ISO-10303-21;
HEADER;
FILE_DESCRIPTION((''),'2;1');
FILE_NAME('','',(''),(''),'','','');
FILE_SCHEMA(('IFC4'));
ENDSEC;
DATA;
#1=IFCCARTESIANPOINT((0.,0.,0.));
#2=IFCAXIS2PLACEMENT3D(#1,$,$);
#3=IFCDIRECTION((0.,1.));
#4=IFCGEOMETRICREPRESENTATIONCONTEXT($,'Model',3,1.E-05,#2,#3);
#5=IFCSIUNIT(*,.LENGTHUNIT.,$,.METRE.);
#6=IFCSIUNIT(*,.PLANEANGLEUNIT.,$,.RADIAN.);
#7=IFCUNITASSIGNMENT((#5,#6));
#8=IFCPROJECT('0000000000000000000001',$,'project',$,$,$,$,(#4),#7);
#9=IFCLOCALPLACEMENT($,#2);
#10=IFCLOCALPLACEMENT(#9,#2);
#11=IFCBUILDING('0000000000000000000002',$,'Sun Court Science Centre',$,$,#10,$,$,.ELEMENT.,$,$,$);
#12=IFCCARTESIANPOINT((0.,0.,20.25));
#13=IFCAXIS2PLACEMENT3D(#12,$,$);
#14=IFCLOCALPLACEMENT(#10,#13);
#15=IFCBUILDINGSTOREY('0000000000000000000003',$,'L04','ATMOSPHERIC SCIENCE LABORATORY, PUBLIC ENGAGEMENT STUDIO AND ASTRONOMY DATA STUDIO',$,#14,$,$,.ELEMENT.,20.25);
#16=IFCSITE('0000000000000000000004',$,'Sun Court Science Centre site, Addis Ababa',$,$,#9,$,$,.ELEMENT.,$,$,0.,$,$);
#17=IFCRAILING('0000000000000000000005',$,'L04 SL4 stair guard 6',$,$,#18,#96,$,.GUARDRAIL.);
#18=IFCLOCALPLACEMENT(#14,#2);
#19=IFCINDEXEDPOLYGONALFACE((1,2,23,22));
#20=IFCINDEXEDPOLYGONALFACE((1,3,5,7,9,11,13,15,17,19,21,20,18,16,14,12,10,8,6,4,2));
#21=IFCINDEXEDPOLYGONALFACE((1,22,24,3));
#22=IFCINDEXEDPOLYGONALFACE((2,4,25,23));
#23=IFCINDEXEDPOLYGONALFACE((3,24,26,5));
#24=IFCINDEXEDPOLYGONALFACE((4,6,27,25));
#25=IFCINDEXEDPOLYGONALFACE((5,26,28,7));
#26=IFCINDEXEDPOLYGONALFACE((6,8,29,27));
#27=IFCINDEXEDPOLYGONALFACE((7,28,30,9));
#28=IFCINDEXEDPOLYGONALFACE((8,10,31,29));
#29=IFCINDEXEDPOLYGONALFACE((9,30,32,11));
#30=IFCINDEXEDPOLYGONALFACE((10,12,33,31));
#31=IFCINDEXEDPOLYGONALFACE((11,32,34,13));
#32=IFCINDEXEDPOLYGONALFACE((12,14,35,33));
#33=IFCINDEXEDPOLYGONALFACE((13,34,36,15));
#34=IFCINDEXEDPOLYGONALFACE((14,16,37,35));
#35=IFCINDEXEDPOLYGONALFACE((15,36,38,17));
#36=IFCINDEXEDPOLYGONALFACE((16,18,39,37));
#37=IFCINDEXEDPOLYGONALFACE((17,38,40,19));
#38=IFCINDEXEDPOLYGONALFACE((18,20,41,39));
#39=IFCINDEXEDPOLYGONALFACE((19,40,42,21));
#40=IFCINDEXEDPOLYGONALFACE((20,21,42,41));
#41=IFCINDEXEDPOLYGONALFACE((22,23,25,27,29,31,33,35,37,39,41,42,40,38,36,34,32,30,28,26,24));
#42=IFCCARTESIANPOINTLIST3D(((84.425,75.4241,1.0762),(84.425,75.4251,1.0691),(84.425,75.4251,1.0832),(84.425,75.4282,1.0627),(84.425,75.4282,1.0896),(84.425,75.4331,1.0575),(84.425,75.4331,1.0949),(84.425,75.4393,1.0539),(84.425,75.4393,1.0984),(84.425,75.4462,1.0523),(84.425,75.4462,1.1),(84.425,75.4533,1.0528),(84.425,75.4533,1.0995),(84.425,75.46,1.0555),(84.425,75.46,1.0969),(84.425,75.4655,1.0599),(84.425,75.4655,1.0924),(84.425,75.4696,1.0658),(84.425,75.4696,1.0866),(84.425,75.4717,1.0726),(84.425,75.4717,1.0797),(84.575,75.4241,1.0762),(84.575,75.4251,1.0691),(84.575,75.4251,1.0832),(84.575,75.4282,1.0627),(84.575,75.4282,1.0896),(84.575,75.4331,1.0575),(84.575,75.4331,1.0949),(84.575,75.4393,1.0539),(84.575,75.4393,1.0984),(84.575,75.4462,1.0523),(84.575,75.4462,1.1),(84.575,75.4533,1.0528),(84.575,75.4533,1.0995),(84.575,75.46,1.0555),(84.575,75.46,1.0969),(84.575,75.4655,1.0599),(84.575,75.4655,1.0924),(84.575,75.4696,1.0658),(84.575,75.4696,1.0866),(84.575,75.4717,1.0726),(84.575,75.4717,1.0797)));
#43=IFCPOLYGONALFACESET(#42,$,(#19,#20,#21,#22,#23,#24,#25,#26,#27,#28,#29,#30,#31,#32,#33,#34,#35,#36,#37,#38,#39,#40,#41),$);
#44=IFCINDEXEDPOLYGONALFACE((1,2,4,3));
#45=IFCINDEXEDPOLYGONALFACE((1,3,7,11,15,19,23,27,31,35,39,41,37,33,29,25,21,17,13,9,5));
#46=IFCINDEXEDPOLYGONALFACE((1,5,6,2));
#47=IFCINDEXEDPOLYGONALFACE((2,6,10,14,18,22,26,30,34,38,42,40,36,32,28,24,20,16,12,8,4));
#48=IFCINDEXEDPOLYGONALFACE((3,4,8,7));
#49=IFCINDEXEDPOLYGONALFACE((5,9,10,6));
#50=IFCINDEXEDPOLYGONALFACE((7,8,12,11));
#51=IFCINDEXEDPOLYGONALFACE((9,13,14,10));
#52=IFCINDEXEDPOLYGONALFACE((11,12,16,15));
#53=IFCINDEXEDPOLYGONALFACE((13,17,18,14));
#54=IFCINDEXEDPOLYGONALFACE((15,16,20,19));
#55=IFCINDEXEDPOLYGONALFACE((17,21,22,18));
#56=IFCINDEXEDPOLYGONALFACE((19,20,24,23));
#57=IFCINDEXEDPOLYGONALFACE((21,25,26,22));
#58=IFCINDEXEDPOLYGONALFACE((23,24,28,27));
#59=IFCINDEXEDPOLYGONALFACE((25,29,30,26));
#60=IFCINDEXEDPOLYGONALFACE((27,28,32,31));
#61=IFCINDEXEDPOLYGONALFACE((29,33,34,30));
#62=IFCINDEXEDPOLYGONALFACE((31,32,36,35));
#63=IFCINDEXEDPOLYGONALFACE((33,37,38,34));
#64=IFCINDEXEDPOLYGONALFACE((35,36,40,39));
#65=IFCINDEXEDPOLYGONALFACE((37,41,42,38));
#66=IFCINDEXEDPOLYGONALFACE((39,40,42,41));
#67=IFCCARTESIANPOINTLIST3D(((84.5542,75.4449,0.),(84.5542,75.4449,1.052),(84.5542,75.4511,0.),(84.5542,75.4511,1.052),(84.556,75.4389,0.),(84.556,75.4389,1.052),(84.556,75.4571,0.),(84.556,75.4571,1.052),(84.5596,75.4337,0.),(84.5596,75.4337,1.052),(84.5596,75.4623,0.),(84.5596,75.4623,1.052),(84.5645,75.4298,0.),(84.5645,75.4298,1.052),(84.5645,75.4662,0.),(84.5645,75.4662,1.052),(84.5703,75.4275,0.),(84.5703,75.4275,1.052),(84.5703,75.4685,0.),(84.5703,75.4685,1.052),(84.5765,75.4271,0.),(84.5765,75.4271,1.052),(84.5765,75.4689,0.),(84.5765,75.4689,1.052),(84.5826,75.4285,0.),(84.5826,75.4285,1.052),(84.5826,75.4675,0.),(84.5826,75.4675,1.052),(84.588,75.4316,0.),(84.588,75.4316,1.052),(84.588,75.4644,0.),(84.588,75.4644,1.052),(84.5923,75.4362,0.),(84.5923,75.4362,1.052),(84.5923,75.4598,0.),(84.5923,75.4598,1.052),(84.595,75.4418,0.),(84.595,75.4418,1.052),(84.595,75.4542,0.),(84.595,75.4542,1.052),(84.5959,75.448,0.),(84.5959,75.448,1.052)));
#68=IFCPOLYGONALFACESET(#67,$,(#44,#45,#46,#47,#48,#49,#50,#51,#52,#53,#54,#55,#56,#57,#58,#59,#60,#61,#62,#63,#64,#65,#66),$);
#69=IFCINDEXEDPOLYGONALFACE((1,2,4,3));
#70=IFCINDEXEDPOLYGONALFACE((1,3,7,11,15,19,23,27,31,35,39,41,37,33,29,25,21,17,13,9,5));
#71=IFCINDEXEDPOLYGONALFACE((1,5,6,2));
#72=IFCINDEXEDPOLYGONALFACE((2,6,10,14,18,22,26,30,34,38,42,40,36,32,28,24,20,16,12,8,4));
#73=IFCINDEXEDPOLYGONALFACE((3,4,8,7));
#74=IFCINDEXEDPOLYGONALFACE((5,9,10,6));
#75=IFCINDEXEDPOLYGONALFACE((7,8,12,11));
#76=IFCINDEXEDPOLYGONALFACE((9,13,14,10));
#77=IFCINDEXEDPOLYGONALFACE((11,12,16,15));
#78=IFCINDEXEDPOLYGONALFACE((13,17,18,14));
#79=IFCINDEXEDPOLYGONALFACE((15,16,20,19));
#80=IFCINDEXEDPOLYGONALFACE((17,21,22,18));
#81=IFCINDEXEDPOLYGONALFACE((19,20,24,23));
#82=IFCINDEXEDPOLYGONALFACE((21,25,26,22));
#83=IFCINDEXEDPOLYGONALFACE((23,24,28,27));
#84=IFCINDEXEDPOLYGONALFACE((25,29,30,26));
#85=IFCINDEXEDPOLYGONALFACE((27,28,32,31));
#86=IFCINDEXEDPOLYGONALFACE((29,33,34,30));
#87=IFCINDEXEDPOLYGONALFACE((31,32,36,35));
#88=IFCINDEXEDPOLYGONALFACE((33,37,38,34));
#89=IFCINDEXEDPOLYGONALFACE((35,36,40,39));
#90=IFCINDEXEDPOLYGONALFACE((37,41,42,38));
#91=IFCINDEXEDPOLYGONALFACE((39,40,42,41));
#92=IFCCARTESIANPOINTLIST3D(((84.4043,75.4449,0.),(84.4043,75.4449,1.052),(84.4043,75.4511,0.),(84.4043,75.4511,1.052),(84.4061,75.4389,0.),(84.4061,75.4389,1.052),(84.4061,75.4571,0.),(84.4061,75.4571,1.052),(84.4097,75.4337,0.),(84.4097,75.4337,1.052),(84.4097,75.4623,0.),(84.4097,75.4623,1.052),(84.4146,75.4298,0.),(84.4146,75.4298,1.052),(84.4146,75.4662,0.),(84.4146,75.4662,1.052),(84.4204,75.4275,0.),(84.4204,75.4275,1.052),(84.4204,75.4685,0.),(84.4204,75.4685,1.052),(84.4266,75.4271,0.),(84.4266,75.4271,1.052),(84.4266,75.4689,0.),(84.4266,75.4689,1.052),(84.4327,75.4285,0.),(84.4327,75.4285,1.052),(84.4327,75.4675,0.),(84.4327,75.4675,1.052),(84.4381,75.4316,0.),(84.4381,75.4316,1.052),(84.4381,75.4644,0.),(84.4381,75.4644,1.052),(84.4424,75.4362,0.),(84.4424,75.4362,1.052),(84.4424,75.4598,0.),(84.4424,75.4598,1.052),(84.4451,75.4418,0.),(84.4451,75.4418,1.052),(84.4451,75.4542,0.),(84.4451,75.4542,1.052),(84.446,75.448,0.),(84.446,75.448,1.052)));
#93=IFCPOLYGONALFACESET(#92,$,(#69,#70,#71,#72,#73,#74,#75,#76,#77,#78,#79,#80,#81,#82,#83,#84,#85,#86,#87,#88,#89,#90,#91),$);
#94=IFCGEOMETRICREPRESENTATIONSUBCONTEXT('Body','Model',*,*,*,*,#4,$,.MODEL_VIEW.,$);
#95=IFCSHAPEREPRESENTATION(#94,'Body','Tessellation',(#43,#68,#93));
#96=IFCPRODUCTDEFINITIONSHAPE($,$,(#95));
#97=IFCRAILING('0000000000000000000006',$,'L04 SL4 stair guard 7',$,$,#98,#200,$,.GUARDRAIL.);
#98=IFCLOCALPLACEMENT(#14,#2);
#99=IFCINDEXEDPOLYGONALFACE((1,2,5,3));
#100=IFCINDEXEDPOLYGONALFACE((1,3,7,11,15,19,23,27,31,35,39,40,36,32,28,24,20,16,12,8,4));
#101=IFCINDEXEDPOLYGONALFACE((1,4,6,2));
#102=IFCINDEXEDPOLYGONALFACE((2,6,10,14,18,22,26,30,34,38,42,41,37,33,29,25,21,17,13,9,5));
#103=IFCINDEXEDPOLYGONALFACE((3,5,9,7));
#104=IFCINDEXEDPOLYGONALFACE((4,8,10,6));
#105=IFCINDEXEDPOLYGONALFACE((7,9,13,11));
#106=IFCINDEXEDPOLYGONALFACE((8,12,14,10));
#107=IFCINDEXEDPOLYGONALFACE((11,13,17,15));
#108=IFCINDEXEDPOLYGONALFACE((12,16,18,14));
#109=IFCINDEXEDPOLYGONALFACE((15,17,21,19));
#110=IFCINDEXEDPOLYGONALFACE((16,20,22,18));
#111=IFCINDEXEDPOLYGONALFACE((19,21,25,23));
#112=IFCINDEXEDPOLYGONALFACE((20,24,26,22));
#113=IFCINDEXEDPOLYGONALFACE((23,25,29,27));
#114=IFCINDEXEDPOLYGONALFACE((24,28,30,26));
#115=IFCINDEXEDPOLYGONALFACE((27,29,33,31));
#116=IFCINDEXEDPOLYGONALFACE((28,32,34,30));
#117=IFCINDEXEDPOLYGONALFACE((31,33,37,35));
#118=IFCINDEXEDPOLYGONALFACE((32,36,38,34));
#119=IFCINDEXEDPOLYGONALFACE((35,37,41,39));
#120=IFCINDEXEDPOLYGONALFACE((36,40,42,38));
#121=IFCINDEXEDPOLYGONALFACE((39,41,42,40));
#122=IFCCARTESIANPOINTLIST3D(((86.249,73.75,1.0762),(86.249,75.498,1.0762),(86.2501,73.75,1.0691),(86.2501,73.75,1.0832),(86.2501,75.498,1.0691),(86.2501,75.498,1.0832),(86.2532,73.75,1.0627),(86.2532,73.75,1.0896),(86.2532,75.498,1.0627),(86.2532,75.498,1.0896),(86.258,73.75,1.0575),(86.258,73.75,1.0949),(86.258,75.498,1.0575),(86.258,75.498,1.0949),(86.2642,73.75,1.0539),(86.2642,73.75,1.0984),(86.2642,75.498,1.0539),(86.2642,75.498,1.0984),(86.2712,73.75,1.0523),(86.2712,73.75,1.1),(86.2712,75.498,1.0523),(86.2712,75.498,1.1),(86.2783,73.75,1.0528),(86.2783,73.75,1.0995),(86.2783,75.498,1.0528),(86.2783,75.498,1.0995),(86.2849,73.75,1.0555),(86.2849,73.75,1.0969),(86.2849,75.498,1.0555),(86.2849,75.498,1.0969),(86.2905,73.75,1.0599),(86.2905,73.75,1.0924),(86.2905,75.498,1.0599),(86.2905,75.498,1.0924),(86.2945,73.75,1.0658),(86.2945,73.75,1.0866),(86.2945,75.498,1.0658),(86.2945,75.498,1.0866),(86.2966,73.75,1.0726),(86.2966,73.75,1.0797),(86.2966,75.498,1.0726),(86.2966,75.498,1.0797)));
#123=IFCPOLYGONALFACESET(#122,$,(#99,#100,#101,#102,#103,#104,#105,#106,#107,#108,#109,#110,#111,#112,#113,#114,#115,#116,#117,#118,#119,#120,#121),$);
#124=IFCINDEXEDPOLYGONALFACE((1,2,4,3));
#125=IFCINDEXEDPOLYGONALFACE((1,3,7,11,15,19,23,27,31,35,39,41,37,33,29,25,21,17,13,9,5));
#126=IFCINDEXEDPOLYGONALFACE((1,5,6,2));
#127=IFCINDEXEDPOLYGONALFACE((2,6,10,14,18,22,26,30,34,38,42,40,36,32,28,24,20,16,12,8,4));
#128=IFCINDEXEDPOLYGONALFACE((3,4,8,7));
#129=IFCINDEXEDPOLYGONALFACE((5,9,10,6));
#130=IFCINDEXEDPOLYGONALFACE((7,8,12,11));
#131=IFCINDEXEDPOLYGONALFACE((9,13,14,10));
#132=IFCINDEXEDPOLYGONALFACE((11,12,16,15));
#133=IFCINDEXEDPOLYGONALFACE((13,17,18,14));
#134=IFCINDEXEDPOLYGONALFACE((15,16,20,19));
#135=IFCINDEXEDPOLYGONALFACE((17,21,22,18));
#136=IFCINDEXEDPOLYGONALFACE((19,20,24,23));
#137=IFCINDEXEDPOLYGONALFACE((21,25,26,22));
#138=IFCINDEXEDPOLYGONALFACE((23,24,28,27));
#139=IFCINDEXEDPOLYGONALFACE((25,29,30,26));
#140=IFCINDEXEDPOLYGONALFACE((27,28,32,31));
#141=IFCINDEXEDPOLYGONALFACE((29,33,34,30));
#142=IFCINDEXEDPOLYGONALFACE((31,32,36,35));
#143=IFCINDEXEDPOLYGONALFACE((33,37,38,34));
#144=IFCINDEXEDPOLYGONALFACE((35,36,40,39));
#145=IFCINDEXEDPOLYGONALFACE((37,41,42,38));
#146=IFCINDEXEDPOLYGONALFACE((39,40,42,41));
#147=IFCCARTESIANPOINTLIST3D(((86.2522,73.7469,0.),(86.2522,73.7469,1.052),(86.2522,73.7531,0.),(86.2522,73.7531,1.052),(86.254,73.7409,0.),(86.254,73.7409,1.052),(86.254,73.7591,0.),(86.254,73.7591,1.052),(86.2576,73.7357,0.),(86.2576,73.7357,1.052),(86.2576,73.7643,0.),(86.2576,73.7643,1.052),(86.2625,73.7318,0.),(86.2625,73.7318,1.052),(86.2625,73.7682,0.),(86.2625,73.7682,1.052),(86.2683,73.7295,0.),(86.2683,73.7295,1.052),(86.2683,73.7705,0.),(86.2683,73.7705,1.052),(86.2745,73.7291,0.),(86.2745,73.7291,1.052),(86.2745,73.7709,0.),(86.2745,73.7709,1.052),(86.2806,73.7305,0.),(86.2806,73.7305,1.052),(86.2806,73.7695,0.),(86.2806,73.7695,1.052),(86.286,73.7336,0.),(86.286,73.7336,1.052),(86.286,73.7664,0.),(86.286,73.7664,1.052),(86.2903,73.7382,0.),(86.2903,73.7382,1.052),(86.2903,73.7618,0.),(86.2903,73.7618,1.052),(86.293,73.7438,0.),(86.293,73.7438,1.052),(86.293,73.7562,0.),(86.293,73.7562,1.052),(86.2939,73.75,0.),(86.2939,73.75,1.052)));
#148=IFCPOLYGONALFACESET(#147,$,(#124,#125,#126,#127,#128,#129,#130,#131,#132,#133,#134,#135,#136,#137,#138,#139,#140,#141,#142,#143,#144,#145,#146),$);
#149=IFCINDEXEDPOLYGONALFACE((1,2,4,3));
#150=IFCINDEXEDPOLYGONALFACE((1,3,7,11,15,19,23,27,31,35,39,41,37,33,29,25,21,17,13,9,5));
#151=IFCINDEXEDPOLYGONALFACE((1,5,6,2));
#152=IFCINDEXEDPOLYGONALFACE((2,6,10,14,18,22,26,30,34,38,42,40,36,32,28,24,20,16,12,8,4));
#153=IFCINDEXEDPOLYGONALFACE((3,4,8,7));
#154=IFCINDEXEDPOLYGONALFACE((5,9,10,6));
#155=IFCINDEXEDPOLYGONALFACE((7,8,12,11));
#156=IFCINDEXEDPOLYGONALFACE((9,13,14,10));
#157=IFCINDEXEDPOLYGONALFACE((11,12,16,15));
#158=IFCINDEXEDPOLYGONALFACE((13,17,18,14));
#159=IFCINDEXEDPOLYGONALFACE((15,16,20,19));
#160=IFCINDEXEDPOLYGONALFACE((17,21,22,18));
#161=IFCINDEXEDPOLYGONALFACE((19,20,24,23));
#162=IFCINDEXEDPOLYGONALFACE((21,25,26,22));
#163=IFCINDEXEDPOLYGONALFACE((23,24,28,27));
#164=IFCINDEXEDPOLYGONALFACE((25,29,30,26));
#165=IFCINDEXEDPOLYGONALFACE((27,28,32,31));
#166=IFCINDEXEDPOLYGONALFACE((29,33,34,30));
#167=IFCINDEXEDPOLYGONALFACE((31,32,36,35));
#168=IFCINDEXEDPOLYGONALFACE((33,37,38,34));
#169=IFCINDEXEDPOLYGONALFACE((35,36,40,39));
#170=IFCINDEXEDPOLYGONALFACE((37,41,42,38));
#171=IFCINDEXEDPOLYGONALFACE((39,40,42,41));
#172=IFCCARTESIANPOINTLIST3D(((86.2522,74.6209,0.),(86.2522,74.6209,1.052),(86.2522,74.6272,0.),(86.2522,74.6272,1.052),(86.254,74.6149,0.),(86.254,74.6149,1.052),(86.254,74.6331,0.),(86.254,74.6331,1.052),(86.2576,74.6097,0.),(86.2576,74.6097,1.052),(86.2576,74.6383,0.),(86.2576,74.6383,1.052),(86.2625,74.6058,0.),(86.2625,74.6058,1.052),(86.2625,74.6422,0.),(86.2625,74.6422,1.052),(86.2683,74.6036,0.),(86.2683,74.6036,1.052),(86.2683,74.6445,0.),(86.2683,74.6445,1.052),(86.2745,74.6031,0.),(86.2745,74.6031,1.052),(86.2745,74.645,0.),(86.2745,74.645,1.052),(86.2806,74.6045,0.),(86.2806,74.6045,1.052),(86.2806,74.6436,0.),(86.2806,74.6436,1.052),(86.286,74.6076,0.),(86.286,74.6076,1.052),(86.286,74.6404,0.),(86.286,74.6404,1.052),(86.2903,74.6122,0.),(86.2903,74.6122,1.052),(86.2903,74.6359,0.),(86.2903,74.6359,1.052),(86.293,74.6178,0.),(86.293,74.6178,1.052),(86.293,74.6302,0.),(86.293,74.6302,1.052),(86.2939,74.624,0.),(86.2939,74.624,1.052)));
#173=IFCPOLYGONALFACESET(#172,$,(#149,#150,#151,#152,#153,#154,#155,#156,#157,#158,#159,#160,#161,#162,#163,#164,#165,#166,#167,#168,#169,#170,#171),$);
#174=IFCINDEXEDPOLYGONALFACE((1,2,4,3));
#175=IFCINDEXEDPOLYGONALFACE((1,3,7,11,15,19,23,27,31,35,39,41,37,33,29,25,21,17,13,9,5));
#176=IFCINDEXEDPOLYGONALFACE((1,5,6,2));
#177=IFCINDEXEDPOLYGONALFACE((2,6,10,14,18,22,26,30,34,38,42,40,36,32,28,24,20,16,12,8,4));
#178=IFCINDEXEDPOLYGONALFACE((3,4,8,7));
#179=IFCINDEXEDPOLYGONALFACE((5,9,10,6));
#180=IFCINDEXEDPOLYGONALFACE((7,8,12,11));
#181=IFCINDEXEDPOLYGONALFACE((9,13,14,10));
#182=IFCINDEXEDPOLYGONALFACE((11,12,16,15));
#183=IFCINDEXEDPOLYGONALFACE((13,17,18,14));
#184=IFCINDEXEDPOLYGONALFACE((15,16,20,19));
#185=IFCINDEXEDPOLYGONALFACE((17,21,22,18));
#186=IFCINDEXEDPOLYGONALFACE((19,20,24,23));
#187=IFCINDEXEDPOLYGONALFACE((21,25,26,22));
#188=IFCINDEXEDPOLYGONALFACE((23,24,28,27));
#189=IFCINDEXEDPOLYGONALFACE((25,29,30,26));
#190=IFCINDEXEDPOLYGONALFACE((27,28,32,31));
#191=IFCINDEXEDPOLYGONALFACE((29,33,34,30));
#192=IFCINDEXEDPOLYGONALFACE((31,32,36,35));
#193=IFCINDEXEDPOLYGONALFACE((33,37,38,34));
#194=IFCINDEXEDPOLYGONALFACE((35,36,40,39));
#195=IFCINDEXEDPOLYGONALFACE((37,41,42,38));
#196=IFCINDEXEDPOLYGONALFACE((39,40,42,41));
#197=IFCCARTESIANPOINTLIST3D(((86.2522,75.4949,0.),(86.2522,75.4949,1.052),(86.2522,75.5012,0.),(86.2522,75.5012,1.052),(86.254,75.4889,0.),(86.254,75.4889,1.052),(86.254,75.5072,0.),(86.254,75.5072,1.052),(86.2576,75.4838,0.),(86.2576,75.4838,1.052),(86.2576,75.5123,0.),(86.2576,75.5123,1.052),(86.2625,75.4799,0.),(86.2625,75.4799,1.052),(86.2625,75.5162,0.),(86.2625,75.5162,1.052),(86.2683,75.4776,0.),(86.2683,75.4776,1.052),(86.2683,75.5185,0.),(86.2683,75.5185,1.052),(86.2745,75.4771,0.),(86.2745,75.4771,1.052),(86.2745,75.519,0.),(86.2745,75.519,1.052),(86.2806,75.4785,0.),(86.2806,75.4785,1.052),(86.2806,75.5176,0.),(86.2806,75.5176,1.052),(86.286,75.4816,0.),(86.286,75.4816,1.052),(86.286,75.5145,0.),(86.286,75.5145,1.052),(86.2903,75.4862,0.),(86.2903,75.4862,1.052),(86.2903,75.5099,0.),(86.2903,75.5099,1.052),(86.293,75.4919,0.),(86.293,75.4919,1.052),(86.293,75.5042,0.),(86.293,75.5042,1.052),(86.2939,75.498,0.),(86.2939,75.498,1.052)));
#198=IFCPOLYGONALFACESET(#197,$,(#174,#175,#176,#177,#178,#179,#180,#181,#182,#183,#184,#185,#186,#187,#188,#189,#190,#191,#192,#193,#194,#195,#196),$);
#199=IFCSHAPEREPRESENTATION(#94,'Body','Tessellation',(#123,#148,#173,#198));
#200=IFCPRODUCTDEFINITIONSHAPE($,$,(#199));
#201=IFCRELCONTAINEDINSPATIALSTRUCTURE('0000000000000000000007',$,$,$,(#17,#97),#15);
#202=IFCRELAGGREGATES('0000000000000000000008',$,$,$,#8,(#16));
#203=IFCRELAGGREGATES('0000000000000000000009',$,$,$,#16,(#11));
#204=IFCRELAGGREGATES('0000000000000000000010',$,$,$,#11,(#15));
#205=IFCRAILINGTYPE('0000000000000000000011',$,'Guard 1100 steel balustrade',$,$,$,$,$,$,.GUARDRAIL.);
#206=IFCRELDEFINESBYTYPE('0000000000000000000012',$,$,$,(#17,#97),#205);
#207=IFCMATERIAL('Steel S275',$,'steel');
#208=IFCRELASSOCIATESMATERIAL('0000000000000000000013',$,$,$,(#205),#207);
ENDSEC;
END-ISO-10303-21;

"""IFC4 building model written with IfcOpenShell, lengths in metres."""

from ifc_helpers import new_model, si_unit, direction, frame, origin, origin_2d, place, context, subcontext, project, spatial, circle, extrude, material, type_object, element, save


model = new_model("IFC4")

# Units and contexts
model_context = context("Model", 3, precision=1e-05, world=origin(), true_north=direction((0.0, 1.0)))
body_context = subcontext(model_context, "Body", "Model", "MODEL_VIEW")
ifc_project = project(units=[si_unit("LENGTHUNIT", "METRE"), si_unit("PLANEANGLEUNIT", "RADIAN")], contexts=[model_context])

# Site, building, storey
site_placement = place(None, origin())
site = spatial("IfcSite", under=ifc_project, at=site_placement, Name="Sun Court Science Centre site, Addis Ababa", CompositionType="ELEMENT", RefElevation=0.0)
building_placement = place(site_placement, origin())
building = spatial("IfcBuilding", under=site, at=building_placement, Name="Sun Court Science Centre", CompositionType="ELEMENT")
storey_placement = place(building_placement, frame((0.0, 0.0, 20.25)))
storey = spatial("IfcBuildingStorey", under=building, at=storey_placement, Name="L04", Description="ATMOSPHERIC SCIENCE LABORATORY, PUBLIC ENGAGEMENT STUDIO AND ASTRONOMY DATA STUDIO", CompositionType="ELEMENT", Elevation=20.25)

# Railings
ifc_material_1 = material(Name="Steel S275", Category="steel")
railing_type_1 = type_object("IfcRailingType", Name="Guard 1100 steel balustrade", PredefinedType="GUARDRAIL", material=ifc_material_1)
railing_1_placement = place(storey_placement, frame((84.575, 75.448, 0.0)))
element("IfcRailing", 1, at=railing_1_placement, inside=storey, type_object=railing_type_1, Name="L04 SL4 stair guard 6", PredefinedType="GUARDRAIL", context=body_context, shape_type="SweptSolid", body=[
    extrude(circle(Radius=0.0239, at=origin_2d()), frame((0.0, 0.0, 1.0762), z_axis=(-1.0, 0.0, 0.0), x_axis=(0.0, -1.0, 0.0)), (0.0, 0.0, 1.0), 0.1499),
    extrude(circle(Radius=0.021, at=origin_2d()), origin(), (0.0, 0.0, 1.0), 1.052),
    extrude(circle(Radius=0.021, at=origin_2d()), frame((-0.1499, 0.0, 0.0)), (0.0, 0.0, 1.0), 1.052),
])
for number, where, name in (
    (2, (86.2729, 73.75, 0.0), "L04 SL4 stair guard 7"),
):
    element("IfcRailing", number, at=place(storey_placement, frame(where)), inside=storey, type_object=railing_type_1, Name=name, PredefinedType="GUARDRAIL", context=body_context, shape_type="SweptSolid", body=[
        extrude(circle(Radius=0.0239, at=origin_2d()), frame((0.0, 0.0, 1.0762), z_axis=(0.0, 1.0, 0.0), x_axis=(-1.0, 0.0, 0.0)), (0.0, 0.0, 1.0), 1.748),
        extrude(circle(Radius=0.021, at=origin_2d()), origin(), (0.0, 0.0, 1.0), 1.052),
        extrude(circle(Radius=0.021, at=origin_2d()), frame((0.0, 0.874, 0.0)), (0.0, 0.0, 1.0), 1.052),
        extrude(circle(Radius=0.021, at=origin_2d()), frame((0.0, 1.748, 0.0)), (0.0, 0.0, 1.0), 1.052),
    ])

save(model, "model.ifc")
